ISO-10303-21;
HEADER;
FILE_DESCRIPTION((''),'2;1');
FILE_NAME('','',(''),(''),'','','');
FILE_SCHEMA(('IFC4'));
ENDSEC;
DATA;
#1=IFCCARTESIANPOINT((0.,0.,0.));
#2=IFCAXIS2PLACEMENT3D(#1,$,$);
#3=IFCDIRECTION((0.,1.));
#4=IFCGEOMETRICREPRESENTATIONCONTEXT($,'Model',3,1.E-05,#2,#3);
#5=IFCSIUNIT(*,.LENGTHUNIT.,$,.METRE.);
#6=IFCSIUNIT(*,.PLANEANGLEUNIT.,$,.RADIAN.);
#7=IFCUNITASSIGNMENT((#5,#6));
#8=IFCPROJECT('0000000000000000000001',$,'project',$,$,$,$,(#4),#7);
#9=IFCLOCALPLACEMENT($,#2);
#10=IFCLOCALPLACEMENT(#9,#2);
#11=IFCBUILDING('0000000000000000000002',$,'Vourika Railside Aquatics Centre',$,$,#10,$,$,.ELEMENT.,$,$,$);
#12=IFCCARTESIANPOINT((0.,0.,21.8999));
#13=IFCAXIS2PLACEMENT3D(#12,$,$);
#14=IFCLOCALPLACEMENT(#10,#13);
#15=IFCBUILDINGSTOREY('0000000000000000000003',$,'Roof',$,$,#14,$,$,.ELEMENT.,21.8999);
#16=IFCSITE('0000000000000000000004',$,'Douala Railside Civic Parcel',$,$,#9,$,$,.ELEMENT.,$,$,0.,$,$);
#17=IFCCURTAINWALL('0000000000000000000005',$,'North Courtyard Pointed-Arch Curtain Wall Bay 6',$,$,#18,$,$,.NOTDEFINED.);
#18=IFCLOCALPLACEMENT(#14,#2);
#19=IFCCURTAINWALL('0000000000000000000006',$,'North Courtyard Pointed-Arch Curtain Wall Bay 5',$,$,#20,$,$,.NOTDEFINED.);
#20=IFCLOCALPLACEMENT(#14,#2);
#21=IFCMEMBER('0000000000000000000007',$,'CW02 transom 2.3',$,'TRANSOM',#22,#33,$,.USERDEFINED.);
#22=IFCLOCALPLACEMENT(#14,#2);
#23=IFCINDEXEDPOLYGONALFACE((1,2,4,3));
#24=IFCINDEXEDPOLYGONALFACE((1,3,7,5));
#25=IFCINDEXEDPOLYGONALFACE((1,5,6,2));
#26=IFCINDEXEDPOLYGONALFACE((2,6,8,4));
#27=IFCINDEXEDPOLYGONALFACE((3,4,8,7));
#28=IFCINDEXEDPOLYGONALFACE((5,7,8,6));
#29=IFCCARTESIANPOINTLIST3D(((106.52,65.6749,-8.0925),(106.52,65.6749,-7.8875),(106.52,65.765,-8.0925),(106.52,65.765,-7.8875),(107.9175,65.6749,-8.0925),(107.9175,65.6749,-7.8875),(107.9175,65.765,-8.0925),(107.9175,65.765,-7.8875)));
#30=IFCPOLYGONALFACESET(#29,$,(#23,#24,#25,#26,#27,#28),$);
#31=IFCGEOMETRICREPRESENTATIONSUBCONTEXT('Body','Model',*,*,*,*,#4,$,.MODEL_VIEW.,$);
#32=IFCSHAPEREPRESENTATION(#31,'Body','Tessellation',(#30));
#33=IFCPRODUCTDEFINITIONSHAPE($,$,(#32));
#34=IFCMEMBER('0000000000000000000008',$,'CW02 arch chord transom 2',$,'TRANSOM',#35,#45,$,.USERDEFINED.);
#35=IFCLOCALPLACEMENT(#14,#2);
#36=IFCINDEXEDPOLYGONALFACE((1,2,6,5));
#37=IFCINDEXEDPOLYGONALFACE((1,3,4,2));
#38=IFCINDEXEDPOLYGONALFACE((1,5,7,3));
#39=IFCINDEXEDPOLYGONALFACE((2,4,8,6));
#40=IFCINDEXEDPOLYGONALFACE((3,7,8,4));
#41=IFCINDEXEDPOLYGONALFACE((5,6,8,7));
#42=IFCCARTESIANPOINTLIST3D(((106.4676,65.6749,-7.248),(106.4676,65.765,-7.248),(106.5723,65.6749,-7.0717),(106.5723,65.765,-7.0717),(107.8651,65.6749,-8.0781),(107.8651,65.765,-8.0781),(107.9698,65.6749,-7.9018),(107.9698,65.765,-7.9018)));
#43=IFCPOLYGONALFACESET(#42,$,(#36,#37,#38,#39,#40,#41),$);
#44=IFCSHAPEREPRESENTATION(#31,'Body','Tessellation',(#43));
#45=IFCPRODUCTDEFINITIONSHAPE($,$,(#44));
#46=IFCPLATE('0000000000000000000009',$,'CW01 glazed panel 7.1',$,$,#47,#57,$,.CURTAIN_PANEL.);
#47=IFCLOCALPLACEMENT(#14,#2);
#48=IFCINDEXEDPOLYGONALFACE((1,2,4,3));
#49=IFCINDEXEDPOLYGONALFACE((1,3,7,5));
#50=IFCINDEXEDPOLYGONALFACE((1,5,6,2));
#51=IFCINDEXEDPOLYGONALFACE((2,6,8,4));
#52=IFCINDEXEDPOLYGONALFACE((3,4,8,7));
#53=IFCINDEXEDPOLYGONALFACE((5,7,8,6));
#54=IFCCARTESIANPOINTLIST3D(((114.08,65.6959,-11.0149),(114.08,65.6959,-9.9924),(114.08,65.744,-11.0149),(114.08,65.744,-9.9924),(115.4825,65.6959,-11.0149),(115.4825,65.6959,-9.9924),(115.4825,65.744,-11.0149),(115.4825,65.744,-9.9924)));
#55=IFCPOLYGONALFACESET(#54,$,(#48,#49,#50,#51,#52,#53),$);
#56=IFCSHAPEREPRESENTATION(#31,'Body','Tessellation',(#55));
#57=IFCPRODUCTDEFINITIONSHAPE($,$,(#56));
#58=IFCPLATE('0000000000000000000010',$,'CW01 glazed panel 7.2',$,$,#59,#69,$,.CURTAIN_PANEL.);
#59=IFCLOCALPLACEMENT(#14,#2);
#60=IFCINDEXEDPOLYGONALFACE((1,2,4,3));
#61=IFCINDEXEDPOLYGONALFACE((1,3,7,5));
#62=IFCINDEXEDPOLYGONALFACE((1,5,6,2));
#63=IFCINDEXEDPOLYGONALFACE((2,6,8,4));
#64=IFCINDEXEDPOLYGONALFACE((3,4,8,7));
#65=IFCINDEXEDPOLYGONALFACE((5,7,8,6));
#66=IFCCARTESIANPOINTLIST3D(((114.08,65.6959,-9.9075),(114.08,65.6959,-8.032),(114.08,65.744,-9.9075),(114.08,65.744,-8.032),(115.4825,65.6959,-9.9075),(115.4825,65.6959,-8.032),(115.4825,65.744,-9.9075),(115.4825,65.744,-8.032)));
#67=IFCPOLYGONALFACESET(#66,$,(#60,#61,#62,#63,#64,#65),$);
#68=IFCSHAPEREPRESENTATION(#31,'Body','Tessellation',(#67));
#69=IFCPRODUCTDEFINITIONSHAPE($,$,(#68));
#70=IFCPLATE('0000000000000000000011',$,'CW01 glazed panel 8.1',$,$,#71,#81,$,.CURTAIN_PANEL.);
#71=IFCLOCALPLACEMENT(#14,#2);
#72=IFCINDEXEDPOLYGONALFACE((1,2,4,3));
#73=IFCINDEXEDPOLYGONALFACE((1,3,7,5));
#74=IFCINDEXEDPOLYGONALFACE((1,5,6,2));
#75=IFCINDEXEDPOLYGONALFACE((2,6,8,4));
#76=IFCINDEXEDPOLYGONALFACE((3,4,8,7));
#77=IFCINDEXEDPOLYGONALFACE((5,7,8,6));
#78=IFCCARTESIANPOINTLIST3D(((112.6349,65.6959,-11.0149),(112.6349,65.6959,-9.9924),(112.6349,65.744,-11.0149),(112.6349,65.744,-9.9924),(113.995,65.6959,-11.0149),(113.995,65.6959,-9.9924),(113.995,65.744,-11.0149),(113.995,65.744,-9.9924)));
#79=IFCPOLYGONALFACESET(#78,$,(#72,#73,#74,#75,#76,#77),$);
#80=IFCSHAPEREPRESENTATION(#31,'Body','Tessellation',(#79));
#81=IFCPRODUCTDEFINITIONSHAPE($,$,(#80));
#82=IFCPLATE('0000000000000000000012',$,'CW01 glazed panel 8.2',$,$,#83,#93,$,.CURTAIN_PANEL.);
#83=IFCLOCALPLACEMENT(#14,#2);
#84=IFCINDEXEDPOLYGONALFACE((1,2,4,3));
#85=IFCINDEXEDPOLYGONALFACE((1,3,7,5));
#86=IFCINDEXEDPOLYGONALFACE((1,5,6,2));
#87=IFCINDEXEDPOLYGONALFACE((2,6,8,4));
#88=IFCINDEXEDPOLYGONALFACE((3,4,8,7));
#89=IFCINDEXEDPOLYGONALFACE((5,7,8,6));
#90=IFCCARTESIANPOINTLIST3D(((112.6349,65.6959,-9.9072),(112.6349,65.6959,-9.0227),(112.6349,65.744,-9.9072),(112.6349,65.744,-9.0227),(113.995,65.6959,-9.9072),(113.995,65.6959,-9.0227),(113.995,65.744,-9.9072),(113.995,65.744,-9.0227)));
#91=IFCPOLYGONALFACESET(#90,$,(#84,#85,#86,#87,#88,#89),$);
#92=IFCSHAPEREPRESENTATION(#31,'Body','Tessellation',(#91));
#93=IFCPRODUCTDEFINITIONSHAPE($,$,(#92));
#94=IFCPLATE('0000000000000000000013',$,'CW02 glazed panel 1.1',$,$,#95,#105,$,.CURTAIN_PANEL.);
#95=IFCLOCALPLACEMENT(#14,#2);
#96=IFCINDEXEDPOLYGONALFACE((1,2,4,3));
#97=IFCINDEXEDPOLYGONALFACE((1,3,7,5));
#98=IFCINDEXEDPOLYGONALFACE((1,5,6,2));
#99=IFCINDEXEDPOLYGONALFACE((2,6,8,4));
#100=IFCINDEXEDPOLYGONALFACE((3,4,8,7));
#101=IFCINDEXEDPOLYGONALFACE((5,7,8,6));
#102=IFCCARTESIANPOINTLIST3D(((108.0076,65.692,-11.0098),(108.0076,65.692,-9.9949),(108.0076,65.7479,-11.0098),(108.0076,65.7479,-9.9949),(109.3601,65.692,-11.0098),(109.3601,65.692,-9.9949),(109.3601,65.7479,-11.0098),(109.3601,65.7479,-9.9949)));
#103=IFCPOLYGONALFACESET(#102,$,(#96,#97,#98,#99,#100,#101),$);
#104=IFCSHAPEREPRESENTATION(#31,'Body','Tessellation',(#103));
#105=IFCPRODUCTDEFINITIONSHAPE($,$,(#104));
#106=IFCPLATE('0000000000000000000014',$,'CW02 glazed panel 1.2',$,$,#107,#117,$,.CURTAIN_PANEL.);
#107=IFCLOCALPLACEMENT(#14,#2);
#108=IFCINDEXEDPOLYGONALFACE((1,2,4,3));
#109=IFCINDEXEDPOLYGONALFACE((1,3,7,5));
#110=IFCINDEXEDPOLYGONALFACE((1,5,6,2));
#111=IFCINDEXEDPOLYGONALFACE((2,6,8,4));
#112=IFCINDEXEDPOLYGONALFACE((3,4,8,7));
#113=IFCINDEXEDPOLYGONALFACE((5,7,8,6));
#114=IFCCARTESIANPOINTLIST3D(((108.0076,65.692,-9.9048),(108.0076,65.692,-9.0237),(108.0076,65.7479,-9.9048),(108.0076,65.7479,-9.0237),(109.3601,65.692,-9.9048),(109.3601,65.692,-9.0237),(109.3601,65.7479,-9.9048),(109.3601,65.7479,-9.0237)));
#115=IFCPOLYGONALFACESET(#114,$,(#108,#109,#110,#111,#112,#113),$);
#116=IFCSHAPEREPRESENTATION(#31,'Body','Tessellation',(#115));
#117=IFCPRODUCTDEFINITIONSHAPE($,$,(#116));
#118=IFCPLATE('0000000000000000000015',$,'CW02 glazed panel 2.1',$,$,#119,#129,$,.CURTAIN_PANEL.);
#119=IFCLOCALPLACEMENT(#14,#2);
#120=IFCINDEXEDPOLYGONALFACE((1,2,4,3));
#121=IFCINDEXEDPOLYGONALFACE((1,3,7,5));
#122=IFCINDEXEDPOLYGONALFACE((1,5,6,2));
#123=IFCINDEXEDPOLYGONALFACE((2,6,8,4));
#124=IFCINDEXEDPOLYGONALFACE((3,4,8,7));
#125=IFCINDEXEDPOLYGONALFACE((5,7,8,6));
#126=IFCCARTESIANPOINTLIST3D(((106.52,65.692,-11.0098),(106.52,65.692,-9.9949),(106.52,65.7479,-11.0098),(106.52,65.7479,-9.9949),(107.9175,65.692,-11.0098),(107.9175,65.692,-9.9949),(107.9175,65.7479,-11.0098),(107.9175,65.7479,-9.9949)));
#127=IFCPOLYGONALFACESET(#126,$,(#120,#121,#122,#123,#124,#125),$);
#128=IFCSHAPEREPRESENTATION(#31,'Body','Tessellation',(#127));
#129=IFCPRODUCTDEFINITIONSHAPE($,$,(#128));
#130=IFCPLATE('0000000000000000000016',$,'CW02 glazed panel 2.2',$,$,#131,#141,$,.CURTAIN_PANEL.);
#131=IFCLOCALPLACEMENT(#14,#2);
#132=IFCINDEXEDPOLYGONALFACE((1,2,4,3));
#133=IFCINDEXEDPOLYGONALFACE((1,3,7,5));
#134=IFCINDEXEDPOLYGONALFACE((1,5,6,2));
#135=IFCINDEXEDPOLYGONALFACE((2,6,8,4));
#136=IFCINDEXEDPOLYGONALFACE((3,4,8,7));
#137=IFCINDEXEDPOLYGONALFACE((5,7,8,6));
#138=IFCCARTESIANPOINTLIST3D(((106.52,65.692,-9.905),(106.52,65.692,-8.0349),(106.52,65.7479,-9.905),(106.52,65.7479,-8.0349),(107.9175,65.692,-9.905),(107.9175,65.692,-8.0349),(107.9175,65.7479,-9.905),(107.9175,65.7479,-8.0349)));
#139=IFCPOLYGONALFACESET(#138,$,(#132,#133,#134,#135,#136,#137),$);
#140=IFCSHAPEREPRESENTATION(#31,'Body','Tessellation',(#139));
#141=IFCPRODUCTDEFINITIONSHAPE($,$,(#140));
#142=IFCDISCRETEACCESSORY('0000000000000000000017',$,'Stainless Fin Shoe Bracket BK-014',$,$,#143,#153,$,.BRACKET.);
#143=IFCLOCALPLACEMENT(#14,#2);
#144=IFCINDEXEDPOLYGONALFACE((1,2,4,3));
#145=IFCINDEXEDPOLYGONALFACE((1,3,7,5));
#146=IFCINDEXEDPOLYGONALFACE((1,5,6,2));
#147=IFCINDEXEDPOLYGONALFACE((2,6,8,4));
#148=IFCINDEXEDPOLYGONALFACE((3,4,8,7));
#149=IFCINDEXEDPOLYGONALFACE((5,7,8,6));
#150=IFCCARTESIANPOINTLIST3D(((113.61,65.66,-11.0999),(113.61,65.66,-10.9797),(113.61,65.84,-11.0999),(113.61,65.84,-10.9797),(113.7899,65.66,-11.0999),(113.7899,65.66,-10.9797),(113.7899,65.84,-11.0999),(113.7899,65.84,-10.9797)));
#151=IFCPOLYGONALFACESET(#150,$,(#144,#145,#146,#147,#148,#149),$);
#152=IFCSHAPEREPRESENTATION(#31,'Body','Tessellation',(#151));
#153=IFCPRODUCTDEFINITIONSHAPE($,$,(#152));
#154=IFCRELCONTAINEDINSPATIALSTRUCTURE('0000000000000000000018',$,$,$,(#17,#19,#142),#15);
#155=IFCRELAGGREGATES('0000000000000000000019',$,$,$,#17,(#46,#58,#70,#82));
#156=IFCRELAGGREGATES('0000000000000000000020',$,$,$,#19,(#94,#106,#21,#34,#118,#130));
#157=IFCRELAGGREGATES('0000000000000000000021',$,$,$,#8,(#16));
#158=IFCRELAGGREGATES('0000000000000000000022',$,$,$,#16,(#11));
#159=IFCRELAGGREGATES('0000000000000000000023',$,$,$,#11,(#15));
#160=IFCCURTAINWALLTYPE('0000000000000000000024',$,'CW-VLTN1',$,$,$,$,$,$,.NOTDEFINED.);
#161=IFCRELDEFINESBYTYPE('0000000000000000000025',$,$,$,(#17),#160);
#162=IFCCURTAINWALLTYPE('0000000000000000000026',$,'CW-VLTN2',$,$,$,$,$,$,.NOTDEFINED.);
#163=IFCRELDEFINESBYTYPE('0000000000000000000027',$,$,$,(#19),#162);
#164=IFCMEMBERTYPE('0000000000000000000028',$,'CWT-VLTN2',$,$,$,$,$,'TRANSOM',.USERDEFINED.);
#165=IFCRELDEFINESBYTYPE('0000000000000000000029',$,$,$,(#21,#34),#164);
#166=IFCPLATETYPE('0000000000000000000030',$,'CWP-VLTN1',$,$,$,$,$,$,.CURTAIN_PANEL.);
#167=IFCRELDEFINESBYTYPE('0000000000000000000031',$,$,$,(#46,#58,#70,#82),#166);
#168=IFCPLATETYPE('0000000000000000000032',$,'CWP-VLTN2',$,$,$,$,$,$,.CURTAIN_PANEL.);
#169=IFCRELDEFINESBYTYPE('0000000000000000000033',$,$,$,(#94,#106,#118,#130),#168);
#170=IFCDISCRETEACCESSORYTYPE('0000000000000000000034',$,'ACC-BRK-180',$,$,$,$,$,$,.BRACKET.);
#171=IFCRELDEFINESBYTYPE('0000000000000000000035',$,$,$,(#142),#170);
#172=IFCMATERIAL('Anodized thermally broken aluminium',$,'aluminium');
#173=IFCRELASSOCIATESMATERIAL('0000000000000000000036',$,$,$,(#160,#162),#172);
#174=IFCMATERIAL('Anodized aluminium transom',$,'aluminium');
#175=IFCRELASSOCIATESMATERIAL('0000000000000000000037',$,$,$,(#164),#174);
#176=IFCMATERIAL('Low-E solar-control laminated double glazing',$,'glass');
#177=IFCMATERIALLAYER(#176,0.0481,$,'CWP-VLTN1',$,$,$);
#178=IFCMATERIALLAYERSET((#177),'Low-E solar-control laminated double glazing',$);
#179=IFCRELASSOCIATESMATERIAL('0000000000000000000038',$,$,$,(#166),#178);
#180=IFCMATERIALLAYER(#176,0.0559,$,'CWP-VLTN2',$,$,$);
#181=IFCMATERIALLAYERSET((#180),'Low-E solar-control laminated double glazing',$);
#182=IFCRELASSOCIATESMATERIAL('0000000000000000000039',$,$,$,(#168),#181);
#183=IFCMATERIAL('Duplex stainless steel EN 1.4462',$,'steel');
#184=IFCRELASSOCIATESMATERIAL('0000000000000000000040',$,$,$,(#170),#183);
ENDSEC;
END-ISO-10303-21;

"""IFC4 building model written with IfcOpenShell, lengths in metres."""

from ifc_helpers import new_model, si_unit, direction, frame, origin, origin_2d, place, context, subcontext, project, spatial, rectangle, extrude, material, layer, layer_set, material_profile, profile_set, type_object, element, aggregate, save


model = new_model("IFC4")

# Units and contexts
model_context = context("Model", 3, precision=1e-05, world=origin(), true_north=direction((0.0, 1.0)))
body_context = subcontext(model_context, "Body", "Model", "MODEL_VIEW")
ifc_project = project(units=[si_unit("LENGTHUNIT", "METRE"), si_unit("PLANEANGLEUNIT", "RADIAN")], contexts=[model_context])

# Site, building, storey
site_placement = place(None, origin())
site = spatial("IfcSite", under=ifc_project, at=site_placement, Name="Douala Railside Civic Parcel", CompositionType="ELEMENT", RefElevation=0.0)
building_placement = place(site_placement, origin())
building = spatial("IfcBuilding", under=site, at=building_placement, Name="Vourika Railside Aquatics Centre", CompositionType="ELEMENT")
storey_placement = place(building_placement, frame((0.0, 0.0, 21.8999)))
storey = spatial("IfcBuildingStorey", under=building, at=storey_placement, Name="Roof", CompositionType="ELEMENT", Elevation=21.8999)

# Curtain walls
ifc_material_1 = material(Name="Anodized thermally broken aluminium", Category="aluminium")
curtain_wall_type_1 = type_object("IfcCurtainWallType", Name="CW-VLTN1", PredefinedType="NOTDEFINED", material=ifc_material_1)
curtain_wall_1_placement = place(storey_placement, origin())
curtain_wall_1 = element("IfcCurtainWall", 1, at=curtain_wall_1_placement, inside=storey, type_object=curtain_wall_type_1, Name="North Courtyard Pointed-Arch Curtain Wall Bay 6", PredefinedType="NOTDEFINED")
curtain_wall_type_2 = type_object("IfcCurtainWallType", Name="CW-VLTN2", PredefinedType="NOTDEFINED", material=ifc_material_1)
curtain_wall_2_placement = place(storey_placement, origin())
curtain_wall_2 = element("IfcCurtainWall", 2, at=curtain_wall_2_placement, inside=storey, type_object=curtain_wall_type_2, Name="North Courtyard Pointed-Arch Curtain Wall Bay 5", PredefinedType="NOTDEFINED")

# Members
ifc_material_2 = material(Name="Anodized aluminium transom", Category="aluminium")
ifc_material_profile_1 = material_profile(ifc_material_2, rectangle(XDim=0.0901, YDim=0.2051, at=origin_2d()), Name="ALU-T 90x205")
ifc_profile_set_1 = profile_set([ifc_material_profile_1], Name="Anodized aluminium transom")
member_type_1 = type_object("IfcMemberType", Name="CWT-VLTN2", ElementType="TRANSOM", PredefinedType="USERDEFINED", material=ifc_profile_set_1)
member_1_placement = place(storey_placement, frame((107.9175, 65.72, -7.99), z_axis=(-1.0, 0.0, 0.0), x_axis=(0.0, -1.0, 0.0)))
member_1 = element("IfcMember", 3, at=member_1_placement, type_object=member_type_1, Name="CW02 transom 2.3", ObjectType="TRANSOM", PredefinedType="USERDEFINED", context=body_context, shape_type="SweptSolid", body=[
    extrude(rectangle(XDim=0.0901, YDim=0.2051, at=origin_2d()), origin(), (0.0, 0.0, 1.0), 1.3975),
])
member_2_placement = place(storey_placement, frame((107.9175, 65.72, -7.99), z_axis=(-0.859764, 0.0, 0.510691), x_axis=(0.0, -1.0, 0.0)))
member_2 = element("IfcMember", 4, at=member_2_placement, type_object=member_type_1, Name="CW02 arch chord transom 2", ObjectType="TRANSOM", PredefinedType="USERDEFINED", context=body_context, shape_type="SweptSolid", body=[
    extrude(rectangle(XDim=0.0901, YDim=0.2051, at=origin_2d()), origin(), (0.0, 0.0, 1.0), 1.6255),
])

# Plates
ifc_material_3 = material(Name="Low-E solar-control laminated double glazing", Category="glass")
ifc_layer_1 = layer(ifc_material_3, 0.0481, Name="CWP-VLTN1")
ifc_layer_set_1 = layer_set([ifc_layer_1], Name="Low-E solar-control laminated double glazing")
plate_type_1 = type_object("IfcPlateType", Name="CWP-VLTN1", PredefinedType="CURTAIN_PANEL", material=ifc_layer_set_1)
plate_1_placement = place(storey_placement, frame((114.7812, 65.72, -11.0149), z_axis=(0.0, 0.0, 1.0), x_axis=(-1.0, 0.0, 0.0)))
plate_1 = element("IfcPlate", 5, at=plate_1_placement, type_object=plate_type_1, Name="CW01 glazed panel 7.1", PredefinedType="CURTAIN_PANEL", context=body_context, shape_type="SweptSolid", body=[
    extrude(rectangle(XDim=1.4026, YDim=0.0481, at=origin_2d()), origin(), (0.0, 0.0, 1.0), 1.0225),
])
plate_2_placement = place(storey_placement, frame((114.7812, 65.72, -9.9075), z_axis=(0.0, 0.0, 1.0), x_axis=(-1.0, 0.0, 0.0)))
plate_2 = element("IfcPlate", 6, at=plate_2_placement, type_object=plate_type_1, Name="CW01 glazed panel 7.2", PredefinedType="CURTAIN_PANEL", context=body_context, shape_type="SweptSolid", body=[
    extrude(rectangle(XDim=1.4026, YDim=0.0481, at=origin_2d()), origin(), (0.0, 0.0, 1.0), 1.8755),
])
plate_3_placement = place(storey_placement, frame((113.3149, 65.72, -11.0149), z_axis=(0.0, 0.0, 1.0), x_axis=(-1.0, 0.0, 0.0)))
plate_3 = element("IfcPlate", 7, at=plate_3_placement, type_object=plate_type_1, Name="CW01 glazed panel 8.1", PredefinedType="CURTAIN_PANEL", context=body_context, shape_type="SweptSolid", body=[
    extrude(rectangle(XDim=1.3601, YDim=0.0481, at=origin_2d()), origin(), (0.0, 0.0, 1.0), 1.0225),
])
plate_4_placement = place(storey_placement, frame((113.3149, 65.72, -9.9072), z_axis=(0.0, 0.0, 1.0), x_axis=(-1.0, 0.0, 0.0)))
plate_4 = element("IfcPlate", 8, at=plate_4_placement, type_object=plate_type_1, Name="CW01 glazed panel 8.2", PredefinedType="CURTAIN_PANEL", context=body_context, shape_type="SweptSolid", body=[
    extrude(rectangle(XDim=1.3601, YDim=0.0481, at=origin_2d()), origin(), (0.0, 0.0, 1.0), 0.8845),
])
aggregate(curtain_wall_1, [plate_1, plate_2, plate_3, plate_4])
ifc_layer_2 = layer(ifc_material_3, 0.0559, Name="CWP-VLTN2")
ifc_layer_set_2 = layer_set([ifc_layer_2], Name="Low-E solar-control laminated double glazing")
plate_type_2 = type_object("IfcPlateType", Name="CWP-VLTN2", PredefinedType="CURTAIN_PANEL", material=ifc_layer_set_2)
plate_5_placement = place(storey_placement, frame((108.6838, 65.72, -11.0098), z_axis=(0.0, 0.0, 1.0), x_axis=(-1.0, 0.0, 0.0)))
plate_5 = element("IfcPlate", 9, at=plate_5_placement, type_object=plate_type_2, Name="CW02 glazed panel 1.1", PredefinedType="CURTAIN_PANEL", context=body_context, shape_type="SweptSolid", body=[
    extrude(rectangle(XDim=1.3525, YDim=0.0559, at=origin_2d()), origin(), (0.0, 0.0, 1.0), 1.0149),
])
plate_6_placement = place(storey_placement, frame((108.6838, 65.72, -9.9048), z_axis=(0.0, 0.0, 1.0), x_axis=(-1.0, 0.0, 0.0)))
plate_6 = element("IfcPlate", 10, at=plate_6_placement, type_object=plate_type_2, Name="CW02 glazed panel 1.2", PredefinedType="CURTAIN_PANEL", context=body_context, shape_type="SweptSolid", body=[
    extrude(rectangle(XDim=1.3525, YDim=0.0559, at=origin_2d()), origin(), (0.0, 0.0, 1.0), 0.8811),
])
plate_7_placement = place(storey_placement, frame((107.2188, 65.72, -11.0098), z_axis=(0.0, 0.0, 1.0), x_axis=(-1.0, 0.0, 0.0)))
plate_7 = element("IfcPlate", 11, at=plate_7_placement, type_object=plate_type_2, Name="CW02 glazed panel 2.1", PredefinedType="CURTAIN_PANEL", context=body_context, shape_type="SweptSolid", body=[
    extrude(rectangle(XDim=1.3975, YDim=0.0559, at=origin_2d()), origin(), (0.0, 0.0, 1.0), 1.0149),
])
plate_8_placement = place(storey_placement, frame((107.2188, 65.72, -9.905), z_axis=(0.0, 0.0, 1.0), x_axis=(-1.0, 0.0, 0.0)))
plate_8 = element("IfcPlate", 12, at=plate_8_placement, type_object=plate_type_2, Name="CW02 glazed panel 2.2", PredefinedType="CURTAIN_PANEL", context=body_context, shape_type="SweptSolid", body=[
    extrude(rectangle(XDim=1.3975, YDim=0.0559, at=origin_2d()), origin(), (0.0, 0.0, 1.0), 1.8701),
])
aggregate(curtain_wall_2, [plate_5, plate_6, member_1, member_2, plate_7, plate_8])

# Discrete accessory
ifc_material_4 = material(Name="Duplex stainless steel EN 1.4462", Category="steel")
discrete_accessory_type = type_object("IfcDiscreteAccessoryType", Name="ACC-BRK-180", PredefinedType="BRACKET", material=ifc_material_4)
discrete_accessory_placement = place(storey_placement, frame((113.7, 65.75, -11.0999), z_axis=(0.0, 0.0, 1.0), x_axis=(0.0, 1.0, 0.0)))
element("IfcDiscreteAccessory", 13, at=discrete_accessory_placement, inside=storey, type_object=discrete_accessory_type, Name="Stainless Fin Shoe Bracket BK-014", PredefinedType="BRACKET", context=body_context, shape_type="SweptSolid", body=[
    extrude(rectangle(XDim=0.1799, YDim=0.1799, at=origin_2d()), origin(), (0.0, 0.0, 1.0), 0.1201),
])

save(model, "model.ifc")
